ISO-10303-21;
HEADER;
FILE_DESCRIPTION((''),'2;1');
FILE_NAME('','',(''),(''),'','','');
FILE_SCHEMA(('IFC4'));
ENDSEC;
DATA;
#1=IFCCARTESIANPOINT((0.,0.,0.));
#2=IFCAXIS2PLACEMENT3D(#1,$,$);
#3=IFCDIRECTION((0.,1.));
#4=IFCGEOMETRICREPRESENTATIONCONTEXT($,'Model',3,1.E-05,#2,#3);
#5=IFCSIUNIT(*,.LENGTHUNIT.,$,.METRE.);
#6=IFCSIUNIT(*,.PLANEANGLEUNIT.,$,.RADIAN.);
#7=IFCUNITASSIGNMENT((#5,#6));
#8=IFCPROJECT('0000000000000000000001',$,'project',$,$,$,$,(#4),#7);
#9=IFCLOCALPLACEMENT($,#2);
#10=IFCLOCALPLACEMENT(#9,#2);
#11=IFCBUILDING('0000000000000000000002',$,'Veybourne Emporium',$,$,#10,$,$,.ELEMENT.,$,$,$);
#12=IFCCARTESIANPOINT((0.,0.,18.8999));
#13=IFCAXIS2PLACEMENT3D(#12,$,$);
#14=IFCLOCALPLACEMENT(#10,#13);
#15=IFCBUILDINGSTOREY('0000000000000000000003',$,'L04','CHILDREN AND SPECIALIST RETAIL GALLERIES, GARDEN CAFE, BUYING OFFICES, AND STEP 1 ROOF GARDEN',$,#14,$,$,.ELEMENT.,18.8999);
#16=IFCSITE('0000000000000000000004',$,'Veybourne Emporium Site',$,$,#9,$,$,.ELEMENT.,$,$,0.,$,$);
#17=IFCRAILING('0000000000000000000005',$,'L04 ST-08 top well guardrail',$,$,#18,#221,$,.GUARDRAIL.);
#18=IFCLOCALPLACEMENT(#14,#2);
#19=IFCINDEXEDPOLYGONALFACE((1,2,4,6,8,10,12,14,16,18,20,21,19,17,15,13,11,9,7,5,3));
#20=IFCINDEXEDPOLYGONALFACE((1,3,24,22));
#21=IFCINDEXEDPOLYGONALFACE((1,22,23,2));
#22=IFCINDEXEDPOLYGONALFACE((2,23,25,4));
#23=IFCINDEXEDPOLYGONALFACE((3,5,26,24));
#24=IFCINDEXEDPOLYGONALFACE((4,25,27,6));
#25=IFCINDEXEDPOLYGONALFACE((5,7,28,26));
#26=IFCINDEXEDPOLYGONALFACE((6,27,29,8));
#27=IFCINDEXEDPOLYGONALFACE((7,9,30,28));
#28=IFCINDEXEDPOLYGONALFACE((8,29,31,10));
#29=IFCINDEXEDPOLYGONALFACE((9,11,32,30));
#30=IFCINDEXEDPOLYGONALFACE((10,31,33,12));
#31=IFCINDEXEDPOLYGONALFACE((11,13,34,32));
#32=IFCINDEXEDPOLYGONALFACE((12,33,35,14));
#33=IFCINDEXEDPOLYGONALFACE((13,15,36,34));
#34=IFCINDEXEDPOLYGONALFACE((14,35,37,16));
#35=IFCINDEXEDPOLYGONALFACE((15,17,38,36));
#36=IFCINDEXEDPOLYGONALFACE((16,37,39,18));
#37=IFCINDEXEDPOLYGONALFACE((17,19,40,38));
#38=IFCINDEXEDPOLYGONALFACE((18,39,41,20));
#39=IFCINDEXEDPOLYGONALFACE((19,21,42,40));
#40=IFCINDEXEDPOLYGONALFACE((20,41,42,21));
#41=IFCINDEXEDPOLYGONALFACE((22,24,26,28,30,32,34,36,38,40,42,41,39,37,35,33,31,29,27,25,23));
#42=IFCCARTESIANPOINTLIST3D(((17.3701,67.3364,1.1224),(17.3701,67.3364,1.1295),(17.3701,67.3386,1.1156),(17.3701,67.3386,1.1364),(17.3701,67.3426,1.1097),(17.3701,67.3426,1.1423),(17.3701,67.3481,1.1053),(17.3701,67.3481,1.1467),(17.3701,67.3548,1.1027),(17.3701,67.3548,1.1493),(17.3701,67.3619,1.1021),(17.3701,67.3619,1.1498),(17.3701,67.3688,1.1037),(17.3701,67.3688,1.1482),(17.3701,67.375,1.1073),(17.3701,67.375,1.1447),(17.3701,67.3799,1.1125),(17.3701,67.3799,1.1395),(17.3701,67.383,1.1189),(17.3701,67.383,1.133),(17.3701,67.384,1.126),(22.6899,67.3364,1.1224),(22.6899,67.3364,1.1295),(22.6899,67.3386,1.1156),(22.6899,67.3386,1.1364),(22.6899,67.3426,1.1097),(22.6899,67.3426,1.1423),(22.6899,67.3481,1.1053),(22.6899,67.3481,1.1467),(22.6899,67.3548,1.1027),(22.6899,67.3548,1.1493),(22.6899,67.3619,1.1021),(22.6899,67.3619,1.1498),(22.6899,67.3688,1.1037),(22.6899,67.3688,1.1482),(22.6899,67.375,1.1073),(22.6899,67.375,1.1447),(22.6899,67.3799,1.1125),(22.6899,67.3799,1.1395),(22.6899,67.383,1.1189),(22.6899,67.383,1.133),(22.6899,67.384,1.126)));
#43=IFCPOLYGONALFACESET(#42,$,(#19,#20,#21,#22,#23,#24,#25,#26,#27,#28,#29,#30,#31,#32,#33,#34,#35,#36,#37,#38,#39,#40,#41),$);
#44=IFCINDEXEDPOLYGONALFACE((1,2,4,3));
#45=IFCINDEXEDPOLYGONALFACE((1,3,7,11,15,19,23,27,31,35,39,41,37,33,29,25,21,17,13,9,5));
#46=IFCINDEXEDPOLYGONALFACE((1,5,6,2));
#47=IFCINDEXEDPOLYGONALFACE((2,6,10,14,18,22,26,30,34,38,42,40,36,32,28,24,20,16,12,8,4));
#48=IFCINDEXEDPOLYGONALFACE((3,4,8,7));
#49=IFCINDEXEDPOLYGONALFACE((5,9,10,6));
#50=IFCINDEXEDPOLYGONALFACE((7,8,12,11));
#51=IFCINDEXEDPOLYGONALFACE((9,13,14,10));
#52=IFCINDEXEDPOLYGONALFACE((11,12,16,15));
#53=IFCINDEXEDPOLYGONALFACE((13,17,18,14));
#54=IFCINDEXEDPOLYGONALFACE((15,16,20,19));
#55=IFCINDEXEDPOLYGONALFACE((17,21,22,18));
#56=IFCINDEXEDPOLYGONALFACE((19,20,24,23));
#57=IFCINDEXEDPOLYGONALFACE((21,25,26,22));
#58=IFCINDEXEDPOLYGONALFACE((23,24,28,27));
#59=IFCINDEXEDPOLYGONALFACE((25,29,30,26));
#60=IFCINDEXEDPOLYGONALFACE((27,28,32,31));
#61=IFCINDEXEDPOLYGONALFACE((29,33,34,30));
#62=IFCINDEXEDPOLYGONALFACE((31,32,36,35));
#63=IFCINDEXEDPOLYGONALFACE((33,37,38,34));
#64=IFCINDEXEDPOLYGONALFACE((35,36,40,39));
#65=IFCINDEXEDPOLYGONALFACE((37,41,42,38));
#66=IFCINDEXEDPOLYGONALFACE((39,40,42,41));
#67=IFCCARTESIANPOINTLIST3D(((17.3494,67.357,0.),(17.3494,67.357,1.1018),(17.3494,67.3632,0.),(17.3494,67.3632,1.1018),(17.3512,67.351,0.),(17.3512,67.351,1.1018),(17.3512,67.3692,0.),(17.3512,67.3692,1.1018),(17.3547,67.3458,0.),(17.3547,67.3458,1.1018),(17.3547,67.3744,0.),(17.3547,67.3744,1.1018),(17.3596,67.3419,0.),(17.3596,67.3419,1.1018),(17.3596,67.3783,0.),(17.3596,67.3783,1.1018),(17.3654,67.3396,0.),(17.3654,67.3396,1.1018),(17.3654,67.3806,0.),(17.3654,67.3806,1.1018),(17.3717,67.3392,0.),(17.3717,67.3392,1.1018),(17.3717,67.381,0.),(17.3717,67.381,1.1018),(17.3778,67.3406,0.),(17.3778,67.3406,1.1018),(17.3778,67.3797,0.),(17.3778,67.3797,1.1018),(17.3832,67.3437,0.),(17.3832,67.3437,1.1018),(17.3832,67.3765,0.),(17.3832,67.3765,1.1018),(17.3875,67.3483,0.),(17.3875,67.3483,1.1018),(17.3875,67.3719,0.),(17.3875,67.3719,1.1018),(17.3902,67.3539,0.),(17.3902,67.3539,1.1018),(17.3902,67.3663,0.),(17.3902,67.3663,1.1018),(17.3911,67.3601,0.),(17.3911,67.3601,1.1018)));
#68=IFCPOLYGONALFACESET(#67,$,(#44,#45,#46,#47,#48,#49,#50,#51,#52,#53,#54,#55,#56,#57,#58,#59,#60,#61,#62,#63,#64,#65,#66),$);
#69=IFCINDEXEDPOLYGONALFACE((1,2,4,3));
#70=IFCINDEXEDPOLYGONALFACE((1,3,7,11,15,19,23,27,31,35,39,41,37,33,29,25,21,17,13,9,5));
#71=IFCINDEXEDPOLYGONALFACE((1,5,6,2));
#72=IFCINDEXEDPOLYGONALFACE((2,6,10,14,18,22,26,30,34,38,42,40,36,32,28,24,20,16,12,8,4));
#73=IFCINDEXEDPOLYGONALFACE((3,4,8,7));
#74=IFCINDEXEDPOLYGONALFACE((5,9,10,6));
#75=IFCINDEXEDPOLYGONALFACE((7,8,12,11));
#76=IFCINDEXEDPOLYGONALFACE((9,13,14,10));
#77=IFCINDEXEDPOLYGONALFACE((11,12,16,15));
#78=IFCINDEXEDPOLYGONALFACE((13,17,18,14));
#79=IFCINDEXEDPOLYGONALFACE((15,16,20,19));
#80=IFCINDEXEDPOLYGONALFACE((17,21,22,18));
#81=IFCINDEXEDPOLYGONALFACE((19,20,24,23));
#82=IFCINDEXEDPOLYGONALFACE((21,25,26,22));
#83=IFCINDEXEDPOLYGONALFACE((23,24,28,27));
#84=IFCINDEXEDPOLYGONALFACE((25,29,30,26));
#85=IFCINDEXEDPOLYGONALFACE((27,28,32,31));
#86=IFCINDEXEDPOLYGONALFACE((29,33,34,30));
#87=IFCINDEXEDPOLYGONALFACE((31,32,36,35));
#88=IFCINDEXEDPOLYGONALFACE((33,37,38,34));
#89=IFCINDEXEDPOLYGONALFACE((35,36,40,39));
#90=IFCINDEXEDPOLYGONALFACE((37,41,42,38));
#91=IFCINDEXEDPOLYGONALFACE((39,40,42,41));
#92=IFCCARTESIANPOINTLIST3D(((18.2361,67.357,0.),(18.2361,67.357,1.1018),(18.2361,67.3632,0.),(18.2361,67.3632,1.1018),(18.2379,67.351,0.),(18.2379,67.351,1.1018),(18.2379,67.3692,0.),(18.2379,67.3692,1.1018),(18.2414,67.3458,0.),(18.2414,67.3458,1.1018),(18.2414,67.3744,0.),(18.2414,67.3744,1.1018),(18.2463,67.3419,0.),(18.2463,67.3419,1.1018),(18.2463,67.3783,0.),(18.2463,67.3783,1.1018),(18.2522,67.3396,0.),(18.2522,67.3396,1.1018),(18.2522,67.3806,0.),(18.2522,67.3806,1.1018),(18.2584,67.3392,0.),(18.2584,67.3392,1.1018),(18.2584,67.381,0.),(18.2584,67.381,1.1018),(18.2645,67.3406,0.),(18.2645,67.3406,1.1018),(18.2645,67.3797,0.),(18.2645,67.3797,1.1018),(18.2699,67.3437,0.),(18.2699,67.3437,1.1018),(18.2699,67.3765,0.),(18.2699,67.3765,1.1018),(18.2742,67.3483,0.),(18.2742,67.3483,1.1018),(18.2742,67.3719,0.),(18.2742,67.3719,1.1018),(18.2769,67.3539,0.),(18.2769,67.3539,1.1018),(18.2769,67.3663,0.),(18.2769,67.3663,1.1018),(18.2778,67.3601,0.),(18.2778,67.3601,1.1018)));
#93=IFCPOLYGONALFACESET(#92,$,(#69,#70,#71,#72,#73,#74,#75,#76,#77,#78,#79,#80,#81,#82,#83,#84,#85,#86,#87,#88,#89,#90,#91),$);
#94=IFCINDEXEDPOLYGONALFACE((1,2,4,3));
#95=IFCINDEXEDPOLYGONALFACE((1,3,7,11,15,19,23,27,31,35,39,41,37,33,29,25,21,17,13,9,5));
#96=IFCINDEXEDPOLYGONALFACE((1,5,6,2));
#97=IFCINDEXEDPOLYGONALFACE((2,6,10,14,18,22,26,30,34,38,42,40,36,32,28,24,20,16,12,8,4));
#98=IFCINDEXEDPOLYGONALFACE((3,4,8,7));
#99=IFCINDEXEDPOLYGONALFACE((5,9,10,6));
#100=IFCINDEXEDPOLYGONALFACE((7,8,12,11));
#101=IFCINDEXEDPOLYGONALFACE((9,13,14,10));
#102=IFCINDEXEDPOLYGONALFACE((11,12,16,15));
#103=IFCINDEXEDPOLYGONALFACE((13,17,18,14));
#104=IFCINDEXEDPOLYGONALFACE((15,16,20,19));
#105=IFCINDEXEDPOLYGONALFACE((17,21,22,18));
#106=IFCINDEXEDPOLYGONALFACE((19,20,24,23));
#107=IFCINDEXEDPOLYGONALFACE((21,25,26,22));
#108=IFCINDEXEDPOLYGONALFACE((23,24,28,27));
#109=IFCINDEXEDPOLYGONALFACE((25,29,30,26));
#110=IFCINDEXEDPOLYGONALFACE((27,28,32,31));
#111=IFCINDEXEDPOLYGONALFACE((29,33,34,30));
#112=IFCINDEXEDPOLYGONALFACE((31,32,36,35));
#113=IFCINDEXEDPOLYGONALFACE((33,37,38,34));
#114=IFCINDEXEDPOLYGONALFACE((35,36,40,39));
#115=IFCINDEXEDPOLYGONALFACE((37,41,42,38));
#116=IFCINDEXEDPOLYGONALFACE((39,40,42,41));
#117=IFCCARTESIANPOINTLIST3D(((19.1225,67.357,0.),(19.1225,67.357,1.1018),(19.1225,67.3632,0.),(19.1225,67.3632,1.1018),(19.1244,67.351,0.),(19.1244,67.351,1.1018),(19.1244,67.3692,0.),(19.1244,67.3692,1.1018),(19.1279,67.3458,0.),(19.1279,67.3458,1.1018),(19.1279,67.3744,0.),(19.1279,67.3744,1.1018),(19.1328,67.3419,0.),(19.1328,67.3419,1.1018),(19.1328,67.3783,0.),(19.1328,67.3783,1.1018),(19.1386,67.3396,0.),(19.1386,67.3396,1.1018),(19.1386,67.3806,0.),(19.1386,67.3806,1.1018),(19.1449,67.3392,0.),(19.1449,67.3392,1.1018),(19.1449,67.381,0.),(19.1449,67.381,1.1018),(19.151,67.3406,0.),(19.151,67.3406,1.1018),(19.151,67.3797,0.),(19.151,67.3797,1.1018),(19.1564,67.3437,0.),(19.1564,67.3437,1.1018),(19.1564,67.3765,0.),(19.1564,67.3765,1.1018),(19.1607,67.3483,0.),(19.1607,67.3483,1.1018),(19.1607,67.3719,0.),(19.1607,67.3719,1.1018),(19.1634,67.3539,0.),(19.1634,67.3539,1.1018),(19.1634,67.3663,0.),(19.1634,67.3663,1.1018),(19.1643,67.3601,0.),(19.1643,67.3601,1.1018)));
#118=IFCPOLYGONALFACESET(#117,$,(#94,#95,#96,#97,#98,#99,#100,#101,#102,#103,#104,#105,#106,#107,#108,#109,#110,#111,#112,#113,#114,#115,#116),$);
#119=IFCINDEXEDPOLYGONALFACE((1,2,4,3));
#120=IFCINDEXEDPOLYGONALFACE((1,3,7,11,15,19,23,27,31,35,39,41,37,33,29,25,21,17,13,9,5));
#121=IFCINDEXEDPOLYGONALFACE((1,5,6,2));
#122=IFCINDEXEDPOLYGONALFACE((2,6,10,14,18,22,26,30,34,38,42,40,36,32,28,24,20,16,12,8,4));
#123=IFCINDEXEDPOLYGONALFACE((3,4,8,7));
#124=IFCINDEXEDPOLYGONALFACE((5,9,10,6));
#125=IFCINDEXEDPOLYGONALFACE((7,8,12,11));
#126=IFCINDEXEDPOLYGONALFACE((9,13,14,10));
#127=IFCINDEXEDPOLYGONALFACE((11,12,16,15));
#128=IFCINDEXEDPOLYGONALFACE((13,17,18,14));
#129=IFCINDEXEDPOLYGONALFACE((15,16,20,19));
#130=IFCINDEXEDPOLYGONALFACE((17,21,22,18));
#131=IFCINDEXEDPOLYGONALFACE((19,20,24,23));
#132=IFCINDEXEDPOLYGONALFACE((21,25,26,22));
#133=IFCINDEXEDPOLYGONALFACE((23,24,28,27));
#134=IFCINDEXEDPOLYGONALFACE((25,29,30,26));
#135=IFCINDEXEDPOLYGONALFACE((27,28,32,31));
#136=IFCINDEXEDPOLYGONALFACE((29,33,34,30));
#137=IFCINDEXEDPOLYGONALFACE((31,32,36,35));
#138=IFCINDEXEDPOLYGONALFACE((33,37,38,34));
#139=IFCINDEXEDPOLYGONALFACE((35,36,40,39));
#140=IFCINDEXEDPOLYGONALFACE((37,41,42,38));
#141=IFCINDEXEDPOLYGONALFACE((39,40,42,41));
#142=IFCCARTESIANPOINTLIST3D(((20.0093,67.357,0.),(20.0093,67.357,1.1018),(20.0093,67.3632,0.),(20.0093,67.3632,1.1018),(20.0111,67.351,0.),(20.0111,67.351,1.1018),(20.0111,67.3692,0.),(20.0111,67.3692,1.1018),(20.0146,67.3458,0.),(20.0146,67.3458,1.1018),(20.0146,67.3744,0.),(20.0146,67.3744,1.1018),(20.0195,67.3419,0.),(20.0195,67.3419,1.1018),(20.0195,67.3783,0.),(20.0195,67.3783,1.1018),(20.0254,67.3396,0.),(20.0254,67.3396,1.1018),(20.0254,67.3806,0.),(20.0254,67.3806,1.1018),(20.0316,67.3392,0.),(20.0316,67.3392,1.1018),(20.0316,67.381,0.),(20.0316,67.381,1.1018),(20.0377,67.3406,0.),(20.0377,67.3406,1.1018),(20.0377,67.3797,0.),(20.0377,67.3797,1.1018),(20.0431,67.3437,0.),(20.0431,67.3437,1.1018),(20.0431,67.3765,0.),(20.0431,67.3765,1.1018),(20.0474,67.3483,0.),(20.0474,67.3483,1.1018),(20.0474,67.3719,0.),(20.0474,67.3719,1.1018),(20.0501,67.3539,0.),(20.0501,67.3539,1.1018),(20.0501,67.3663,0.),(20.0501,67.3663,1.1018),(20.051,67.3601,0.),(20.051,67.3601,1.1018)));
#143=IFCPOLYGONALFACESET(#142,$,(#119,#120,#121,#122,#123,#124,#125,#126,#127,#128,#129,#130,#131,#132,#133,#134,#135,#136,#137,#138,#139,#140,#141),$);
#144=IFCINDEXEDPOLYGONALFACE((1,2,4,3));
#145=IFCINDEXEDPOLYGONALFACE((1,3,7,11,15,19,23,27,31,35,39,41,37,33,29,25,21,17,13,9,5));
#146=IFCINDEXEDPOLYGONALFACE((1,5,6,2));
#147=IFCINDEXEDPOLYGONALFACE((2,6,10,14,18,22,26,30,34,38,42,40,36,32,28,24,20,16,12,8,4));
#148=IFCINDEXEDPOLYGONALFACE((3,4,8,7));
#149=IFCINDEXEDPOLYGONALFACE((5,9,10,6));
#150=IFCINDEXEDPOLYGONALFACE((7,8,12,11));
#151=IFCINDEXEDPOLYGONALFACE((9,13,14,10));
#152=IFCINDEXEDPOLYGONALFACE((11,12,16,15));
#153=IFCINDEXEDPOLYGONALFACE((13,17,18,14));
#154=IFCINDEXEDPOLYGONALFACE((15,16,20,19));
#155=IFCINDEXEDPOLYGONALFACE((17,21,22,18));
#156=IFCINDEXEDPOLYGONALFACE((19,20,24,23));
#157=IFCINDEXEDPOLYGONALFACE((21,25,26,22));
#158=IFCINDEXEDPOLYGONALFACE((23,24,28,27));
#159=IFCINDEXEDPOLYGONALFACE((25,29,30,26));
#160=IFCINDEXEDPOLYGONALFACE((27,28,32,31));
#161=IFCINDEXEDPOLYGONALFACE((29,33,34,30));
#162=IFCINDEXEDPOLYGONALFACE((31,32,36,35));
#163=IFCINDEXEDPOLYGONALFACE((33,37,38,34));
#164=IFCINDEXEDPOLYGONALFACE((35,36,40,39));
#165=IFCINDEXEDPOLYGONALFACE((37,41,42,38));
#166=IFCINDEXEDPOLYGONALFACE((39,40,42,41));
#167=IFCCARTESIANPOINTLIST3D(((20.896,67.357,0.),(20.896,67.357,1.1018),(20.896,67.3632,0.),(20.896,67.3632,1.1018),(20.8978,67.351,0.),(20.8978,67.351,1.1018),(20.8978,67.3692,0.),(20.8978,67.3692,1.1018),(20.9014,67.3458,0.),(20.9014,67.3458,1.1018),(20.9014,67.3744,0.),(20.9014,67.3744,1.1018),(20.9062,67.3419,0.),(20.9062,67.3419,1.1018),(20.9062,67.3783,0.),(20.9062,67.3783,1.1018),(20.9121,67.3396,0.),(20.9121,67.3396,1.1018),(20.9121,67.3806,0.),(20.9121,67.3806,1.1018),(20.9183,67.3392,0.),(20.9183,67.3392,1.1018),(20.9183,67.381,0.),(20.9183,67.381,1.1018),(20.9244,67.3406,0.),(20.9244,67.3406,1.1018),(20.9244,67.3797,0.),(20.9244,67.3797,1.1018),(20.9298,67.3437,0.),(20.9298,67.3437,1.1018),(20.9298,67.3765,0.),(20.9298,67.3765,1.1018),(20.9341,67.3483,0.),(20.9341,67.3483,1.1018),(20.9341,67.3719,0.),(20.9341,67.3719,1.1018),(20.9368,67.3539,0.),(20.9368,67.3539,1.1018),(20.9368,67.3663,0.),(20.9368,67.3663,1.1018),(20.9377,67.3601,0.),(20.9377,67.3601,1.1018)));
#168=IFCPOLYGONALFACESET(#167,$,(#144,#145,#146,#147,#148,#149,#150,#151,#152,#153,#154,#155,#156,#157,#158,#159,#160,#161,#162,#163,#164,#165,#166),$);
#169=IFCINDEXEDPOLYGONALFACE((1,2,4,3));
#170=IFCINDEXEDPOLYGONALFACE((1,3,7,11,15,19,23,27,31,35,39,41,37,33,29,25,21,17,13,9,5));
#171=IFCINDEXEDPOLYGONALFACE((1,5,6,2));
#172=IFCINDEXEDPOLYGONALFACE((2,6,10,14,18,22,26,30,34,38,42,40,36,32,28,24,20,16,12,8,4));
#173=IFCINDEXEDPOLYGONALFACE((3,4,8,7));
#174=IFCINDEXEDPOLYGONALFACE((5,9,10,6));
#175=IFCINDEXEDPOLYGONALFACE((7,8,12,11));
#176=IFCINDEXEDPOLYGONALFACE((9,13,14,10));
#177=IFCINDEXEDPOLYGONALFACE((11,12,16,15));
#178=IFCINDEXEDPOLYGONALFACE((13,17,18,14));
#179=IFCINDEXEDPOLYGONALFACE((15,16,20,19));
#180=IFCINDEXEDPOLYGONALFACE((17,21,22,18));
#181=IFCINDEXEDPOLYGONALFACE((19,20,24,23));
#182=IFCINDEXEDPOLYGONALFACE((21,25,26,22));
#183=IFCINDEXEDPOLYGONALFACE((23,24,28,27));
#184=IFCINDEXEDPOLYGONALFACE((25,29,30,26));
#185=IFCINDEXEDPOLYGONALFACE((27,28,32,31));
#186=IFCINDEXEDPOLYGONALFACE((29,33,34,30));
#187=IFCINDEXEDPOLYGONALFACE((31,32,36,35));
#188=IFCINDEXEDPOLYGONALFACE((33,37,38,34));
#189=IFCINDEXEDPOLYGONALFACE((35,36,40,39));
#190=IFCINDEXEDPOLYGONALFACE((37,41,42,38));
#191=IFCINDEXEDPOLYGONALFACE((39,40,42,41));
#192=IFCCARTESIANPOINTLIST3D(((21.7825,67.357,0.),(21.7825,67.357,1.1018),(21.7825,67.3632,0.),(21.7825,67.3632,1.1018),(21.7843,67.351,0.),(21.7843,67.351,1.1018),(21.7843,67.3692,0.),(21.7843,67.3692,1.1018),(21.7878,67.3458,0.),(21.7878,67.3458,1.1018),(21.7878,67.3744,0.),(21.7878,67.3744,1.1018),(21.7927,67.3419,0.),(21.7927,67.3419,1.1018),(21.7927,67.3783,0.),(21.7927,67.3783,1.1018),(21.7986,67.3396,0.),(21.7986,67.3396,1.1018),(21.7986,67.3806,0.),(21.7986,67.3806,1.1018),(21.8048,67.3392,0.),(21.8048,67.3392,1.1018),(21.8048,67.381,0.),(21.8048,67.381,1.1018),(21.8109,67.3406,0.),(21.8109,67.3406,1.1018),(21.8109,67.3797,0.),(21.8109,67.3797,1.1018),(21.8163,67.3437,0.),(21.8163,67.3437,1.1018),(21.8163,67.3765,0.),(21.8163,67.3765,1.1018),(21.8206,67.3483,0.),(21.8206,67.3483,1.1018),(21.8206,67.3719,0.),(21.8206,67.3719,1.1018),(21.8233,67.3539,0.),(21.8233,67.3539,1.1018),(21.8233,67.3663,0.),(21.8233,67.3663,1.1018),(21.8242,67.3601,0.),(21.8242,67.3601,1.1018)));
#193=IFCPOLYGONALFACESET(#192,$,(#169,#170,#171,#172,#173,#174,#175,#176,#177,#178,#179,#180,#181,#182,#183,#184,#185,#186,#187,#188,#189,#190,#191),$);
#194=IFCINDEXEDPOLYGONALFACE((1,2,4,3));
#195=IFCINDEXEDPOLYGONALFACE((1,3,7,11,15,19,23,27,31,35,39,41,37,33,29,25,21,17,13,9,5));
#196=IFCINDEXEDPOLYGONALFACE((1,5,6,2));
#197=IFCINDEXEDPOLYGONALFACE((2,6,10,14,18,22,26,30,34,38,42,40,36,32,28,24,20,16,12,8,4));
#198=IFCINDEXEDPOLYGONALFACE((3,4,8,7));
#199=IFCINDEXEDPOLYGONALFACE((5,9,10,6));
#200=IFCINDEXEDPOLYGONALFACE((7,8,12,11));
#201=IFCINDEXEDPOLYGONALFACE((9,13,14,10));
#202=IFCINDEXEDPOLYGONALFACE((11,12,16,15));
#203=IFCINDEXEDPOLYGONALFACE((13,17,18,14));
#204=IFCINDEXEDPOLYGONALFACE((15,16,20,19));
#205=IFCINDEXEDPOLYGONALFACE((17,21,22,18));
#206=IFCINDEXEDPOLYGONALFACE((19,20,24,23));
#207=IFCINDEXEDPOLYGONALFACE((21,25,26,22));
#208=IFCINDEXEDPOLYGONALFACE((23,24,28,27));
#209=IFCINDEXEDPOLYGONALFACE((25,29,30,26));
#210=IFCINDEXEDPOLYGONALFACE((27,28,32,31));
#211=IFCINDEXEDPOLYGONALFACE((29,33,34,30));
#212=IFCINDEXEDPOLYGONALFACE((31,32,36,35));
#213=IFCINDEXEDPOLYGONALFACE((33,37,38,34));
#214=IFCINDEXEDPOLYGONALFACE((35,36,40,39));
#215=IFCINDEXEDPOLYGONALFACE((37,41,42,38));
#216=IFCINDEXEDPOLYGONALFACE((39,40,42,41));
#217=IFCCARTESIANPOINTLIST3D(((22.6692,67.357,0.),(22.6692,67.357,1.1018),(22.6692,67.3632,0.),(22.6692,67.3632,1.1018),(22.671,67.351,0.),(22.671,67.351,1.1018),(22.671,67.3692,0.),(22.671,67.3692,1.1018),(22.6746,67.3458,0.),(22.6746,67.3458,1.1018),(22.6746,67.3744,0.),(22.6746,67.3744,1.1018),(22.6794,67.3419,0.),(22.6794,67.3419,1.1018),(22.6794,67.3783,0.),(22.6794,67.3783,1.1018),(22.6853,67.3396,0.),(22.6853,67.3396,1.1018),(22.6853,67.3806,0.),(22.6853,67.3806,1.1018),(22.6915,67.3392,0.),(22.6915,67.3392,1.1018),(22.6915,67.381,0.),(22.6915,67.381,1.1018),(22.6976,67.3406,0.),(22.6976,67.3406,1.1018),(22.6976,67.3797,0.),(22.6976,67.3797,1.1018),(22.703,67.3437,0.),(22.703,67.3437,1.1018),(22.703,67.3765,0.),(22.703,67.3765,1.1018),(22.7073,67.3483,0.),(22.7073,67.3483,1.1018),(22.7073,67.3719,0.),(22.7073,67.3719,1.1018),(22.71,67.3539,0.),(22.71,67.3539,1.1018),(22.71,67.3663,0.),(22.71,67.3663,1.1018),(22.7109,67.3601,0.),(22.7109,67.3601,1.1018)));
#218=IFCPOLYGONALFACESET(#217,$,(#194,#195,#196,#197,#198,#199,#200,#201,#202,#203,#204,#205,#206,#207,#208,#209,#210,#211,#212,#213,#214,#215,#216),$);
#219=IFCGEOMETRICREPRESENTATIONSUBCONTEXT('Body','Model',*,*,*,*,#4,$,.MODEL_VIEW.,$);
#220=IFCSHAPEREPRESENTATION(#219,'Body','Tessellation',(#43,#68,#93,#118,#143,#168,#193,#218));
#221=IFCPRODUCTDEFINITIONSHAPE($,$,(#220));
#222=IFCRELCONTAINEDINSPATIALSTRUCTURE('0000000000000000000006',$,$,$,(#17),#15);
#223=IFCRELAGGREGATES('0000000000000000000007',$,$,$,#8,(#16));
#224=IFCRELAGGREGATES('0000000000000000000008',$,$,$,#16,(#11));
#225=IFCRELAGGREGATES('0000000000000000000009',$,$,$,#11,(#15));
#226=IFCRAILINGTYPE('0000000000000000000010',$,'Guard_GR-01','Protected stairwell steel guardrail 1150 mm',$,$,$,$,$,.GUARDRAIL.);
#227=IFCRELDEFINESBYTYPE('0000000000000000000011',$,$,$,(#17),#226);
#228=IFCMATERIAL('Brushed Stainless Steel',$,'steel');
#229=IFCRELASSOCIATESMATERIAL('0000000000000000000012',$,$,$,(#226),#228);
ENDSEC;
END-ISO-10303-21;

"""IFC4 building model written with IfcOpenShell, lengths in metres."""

from ifc_helpers import new_model, si_unit, direction, frame, origin, origin_2d, place, context, subcontext, project, spatial, circle, extrude, material, type_object, element, save


model = new_model("IFC4")

# Units and contexts
model_context = context("Model", 3, precision=1e-05, world=origin(), true_north=direction((0.0, 1.0)))
body_context = subcontext(model_context, "Body", "Model", "MODEL_VIEW")
ifc_project = project(units=[si_unit("LENGTHUNIT", "METRE"), si_unit("PLANEANGLEUNIT", "RADIAN")], contexts=[model_context])

# Site, building, storey
site_placement = place(None, origin())
site = spatial("IfcSite", under=ifc_project, at=site_placement, Name="Veybourne Emporium Site", CompositionType="ELEMENT", RefElevation=0.0)
building_placement = place(site_placement, origin())
building = spatial("IfcBuilding", under=site, at=building_placement, Name="Veybourne Emporium", CompositionType="ELEMENT")
storey_placement = place(building_placement, frame((0.0, 0.0, 18.8999)))
storey = spatial("IfcBuildingStorey", under=building, at=storey_placement, Name="L04", Description="CHILDREN AND SPECIALIST RETAIL GALLERIES, GARDEN CAFE, BUYING OFFICES, AND STEP 1 ROOF GARDEN", CompositionType="ELEMENT", Elevation=18.8999)

# Railing
ifc_material_1 = material(Name="Brushed Stainless Steel", Category="steel")
railing_type = type_object("IfcRailingType", Name="Guard_GR-01", Description="Protected stairwell steel guardrail 1150 mm", PredefinedType="GUARDRAIL", material=ifc_material_1)
railing_placement = place(storey_placement, frame((17.3701, 67.3601, 0.0)))
element("IfcRailing", 1, at=railing_placement, inside=storey, type_object=railing_type, Name="L04 ST-08 top well guardrail", PredefinedType="GUARDRAIL", context=body_context, shape_type="SweptSolid", body=[
    extrude(circle(Radius=0.0239, at=origin_2d()), frame((0.0, 0.0, 1.126), z_axis=(1.0, 0.0, 0.0), x_axis=(0.0, 1.0, 0.0)), (0.0, 0.0, 1.0), 5.3198),
    extrude(circle(Radius=0.021, at=origin_2d()), origin(), (0.0, 0.0, 1.0), 1.1018),
    extrude(circle(Radius=0.021, at=origin_2d()), frame((0.8867, 0.0, 0.0)), (0.0, 0.0, 1.0), 1.1018),
    extrude(circle(Radius=0.021, at=origin_2d()), frame((1.7732, 0.0, 0.0)), (0.0, 0.0, 1.0), 1.1018),
    extrude(circle(Radius=0.021, at=origin_2d()), frame((2.6599, 0.0, 0.0)), (0.0, 0.0, 1.0), 1.1018),
    extrude(circle(Radius=0.021, at=origin_2d()), frame((3.5466, 0.0, 0.0)), (0.0, 0.0, 1.0), 1.1018),
    extrude(circle(Radius=0.021, at=origin_2d()), frame((4.4331, 0.0, 0.0)), (0.0, 0.0, 1.0), 1.1018),
    extrude(circle(Radius=0.021, at=origin_2d()), frame((5.3198, 0.0, 0.0)), (0.0, 0.0, 1.0), 1.1018),
])

save(model, "model.ifc")
